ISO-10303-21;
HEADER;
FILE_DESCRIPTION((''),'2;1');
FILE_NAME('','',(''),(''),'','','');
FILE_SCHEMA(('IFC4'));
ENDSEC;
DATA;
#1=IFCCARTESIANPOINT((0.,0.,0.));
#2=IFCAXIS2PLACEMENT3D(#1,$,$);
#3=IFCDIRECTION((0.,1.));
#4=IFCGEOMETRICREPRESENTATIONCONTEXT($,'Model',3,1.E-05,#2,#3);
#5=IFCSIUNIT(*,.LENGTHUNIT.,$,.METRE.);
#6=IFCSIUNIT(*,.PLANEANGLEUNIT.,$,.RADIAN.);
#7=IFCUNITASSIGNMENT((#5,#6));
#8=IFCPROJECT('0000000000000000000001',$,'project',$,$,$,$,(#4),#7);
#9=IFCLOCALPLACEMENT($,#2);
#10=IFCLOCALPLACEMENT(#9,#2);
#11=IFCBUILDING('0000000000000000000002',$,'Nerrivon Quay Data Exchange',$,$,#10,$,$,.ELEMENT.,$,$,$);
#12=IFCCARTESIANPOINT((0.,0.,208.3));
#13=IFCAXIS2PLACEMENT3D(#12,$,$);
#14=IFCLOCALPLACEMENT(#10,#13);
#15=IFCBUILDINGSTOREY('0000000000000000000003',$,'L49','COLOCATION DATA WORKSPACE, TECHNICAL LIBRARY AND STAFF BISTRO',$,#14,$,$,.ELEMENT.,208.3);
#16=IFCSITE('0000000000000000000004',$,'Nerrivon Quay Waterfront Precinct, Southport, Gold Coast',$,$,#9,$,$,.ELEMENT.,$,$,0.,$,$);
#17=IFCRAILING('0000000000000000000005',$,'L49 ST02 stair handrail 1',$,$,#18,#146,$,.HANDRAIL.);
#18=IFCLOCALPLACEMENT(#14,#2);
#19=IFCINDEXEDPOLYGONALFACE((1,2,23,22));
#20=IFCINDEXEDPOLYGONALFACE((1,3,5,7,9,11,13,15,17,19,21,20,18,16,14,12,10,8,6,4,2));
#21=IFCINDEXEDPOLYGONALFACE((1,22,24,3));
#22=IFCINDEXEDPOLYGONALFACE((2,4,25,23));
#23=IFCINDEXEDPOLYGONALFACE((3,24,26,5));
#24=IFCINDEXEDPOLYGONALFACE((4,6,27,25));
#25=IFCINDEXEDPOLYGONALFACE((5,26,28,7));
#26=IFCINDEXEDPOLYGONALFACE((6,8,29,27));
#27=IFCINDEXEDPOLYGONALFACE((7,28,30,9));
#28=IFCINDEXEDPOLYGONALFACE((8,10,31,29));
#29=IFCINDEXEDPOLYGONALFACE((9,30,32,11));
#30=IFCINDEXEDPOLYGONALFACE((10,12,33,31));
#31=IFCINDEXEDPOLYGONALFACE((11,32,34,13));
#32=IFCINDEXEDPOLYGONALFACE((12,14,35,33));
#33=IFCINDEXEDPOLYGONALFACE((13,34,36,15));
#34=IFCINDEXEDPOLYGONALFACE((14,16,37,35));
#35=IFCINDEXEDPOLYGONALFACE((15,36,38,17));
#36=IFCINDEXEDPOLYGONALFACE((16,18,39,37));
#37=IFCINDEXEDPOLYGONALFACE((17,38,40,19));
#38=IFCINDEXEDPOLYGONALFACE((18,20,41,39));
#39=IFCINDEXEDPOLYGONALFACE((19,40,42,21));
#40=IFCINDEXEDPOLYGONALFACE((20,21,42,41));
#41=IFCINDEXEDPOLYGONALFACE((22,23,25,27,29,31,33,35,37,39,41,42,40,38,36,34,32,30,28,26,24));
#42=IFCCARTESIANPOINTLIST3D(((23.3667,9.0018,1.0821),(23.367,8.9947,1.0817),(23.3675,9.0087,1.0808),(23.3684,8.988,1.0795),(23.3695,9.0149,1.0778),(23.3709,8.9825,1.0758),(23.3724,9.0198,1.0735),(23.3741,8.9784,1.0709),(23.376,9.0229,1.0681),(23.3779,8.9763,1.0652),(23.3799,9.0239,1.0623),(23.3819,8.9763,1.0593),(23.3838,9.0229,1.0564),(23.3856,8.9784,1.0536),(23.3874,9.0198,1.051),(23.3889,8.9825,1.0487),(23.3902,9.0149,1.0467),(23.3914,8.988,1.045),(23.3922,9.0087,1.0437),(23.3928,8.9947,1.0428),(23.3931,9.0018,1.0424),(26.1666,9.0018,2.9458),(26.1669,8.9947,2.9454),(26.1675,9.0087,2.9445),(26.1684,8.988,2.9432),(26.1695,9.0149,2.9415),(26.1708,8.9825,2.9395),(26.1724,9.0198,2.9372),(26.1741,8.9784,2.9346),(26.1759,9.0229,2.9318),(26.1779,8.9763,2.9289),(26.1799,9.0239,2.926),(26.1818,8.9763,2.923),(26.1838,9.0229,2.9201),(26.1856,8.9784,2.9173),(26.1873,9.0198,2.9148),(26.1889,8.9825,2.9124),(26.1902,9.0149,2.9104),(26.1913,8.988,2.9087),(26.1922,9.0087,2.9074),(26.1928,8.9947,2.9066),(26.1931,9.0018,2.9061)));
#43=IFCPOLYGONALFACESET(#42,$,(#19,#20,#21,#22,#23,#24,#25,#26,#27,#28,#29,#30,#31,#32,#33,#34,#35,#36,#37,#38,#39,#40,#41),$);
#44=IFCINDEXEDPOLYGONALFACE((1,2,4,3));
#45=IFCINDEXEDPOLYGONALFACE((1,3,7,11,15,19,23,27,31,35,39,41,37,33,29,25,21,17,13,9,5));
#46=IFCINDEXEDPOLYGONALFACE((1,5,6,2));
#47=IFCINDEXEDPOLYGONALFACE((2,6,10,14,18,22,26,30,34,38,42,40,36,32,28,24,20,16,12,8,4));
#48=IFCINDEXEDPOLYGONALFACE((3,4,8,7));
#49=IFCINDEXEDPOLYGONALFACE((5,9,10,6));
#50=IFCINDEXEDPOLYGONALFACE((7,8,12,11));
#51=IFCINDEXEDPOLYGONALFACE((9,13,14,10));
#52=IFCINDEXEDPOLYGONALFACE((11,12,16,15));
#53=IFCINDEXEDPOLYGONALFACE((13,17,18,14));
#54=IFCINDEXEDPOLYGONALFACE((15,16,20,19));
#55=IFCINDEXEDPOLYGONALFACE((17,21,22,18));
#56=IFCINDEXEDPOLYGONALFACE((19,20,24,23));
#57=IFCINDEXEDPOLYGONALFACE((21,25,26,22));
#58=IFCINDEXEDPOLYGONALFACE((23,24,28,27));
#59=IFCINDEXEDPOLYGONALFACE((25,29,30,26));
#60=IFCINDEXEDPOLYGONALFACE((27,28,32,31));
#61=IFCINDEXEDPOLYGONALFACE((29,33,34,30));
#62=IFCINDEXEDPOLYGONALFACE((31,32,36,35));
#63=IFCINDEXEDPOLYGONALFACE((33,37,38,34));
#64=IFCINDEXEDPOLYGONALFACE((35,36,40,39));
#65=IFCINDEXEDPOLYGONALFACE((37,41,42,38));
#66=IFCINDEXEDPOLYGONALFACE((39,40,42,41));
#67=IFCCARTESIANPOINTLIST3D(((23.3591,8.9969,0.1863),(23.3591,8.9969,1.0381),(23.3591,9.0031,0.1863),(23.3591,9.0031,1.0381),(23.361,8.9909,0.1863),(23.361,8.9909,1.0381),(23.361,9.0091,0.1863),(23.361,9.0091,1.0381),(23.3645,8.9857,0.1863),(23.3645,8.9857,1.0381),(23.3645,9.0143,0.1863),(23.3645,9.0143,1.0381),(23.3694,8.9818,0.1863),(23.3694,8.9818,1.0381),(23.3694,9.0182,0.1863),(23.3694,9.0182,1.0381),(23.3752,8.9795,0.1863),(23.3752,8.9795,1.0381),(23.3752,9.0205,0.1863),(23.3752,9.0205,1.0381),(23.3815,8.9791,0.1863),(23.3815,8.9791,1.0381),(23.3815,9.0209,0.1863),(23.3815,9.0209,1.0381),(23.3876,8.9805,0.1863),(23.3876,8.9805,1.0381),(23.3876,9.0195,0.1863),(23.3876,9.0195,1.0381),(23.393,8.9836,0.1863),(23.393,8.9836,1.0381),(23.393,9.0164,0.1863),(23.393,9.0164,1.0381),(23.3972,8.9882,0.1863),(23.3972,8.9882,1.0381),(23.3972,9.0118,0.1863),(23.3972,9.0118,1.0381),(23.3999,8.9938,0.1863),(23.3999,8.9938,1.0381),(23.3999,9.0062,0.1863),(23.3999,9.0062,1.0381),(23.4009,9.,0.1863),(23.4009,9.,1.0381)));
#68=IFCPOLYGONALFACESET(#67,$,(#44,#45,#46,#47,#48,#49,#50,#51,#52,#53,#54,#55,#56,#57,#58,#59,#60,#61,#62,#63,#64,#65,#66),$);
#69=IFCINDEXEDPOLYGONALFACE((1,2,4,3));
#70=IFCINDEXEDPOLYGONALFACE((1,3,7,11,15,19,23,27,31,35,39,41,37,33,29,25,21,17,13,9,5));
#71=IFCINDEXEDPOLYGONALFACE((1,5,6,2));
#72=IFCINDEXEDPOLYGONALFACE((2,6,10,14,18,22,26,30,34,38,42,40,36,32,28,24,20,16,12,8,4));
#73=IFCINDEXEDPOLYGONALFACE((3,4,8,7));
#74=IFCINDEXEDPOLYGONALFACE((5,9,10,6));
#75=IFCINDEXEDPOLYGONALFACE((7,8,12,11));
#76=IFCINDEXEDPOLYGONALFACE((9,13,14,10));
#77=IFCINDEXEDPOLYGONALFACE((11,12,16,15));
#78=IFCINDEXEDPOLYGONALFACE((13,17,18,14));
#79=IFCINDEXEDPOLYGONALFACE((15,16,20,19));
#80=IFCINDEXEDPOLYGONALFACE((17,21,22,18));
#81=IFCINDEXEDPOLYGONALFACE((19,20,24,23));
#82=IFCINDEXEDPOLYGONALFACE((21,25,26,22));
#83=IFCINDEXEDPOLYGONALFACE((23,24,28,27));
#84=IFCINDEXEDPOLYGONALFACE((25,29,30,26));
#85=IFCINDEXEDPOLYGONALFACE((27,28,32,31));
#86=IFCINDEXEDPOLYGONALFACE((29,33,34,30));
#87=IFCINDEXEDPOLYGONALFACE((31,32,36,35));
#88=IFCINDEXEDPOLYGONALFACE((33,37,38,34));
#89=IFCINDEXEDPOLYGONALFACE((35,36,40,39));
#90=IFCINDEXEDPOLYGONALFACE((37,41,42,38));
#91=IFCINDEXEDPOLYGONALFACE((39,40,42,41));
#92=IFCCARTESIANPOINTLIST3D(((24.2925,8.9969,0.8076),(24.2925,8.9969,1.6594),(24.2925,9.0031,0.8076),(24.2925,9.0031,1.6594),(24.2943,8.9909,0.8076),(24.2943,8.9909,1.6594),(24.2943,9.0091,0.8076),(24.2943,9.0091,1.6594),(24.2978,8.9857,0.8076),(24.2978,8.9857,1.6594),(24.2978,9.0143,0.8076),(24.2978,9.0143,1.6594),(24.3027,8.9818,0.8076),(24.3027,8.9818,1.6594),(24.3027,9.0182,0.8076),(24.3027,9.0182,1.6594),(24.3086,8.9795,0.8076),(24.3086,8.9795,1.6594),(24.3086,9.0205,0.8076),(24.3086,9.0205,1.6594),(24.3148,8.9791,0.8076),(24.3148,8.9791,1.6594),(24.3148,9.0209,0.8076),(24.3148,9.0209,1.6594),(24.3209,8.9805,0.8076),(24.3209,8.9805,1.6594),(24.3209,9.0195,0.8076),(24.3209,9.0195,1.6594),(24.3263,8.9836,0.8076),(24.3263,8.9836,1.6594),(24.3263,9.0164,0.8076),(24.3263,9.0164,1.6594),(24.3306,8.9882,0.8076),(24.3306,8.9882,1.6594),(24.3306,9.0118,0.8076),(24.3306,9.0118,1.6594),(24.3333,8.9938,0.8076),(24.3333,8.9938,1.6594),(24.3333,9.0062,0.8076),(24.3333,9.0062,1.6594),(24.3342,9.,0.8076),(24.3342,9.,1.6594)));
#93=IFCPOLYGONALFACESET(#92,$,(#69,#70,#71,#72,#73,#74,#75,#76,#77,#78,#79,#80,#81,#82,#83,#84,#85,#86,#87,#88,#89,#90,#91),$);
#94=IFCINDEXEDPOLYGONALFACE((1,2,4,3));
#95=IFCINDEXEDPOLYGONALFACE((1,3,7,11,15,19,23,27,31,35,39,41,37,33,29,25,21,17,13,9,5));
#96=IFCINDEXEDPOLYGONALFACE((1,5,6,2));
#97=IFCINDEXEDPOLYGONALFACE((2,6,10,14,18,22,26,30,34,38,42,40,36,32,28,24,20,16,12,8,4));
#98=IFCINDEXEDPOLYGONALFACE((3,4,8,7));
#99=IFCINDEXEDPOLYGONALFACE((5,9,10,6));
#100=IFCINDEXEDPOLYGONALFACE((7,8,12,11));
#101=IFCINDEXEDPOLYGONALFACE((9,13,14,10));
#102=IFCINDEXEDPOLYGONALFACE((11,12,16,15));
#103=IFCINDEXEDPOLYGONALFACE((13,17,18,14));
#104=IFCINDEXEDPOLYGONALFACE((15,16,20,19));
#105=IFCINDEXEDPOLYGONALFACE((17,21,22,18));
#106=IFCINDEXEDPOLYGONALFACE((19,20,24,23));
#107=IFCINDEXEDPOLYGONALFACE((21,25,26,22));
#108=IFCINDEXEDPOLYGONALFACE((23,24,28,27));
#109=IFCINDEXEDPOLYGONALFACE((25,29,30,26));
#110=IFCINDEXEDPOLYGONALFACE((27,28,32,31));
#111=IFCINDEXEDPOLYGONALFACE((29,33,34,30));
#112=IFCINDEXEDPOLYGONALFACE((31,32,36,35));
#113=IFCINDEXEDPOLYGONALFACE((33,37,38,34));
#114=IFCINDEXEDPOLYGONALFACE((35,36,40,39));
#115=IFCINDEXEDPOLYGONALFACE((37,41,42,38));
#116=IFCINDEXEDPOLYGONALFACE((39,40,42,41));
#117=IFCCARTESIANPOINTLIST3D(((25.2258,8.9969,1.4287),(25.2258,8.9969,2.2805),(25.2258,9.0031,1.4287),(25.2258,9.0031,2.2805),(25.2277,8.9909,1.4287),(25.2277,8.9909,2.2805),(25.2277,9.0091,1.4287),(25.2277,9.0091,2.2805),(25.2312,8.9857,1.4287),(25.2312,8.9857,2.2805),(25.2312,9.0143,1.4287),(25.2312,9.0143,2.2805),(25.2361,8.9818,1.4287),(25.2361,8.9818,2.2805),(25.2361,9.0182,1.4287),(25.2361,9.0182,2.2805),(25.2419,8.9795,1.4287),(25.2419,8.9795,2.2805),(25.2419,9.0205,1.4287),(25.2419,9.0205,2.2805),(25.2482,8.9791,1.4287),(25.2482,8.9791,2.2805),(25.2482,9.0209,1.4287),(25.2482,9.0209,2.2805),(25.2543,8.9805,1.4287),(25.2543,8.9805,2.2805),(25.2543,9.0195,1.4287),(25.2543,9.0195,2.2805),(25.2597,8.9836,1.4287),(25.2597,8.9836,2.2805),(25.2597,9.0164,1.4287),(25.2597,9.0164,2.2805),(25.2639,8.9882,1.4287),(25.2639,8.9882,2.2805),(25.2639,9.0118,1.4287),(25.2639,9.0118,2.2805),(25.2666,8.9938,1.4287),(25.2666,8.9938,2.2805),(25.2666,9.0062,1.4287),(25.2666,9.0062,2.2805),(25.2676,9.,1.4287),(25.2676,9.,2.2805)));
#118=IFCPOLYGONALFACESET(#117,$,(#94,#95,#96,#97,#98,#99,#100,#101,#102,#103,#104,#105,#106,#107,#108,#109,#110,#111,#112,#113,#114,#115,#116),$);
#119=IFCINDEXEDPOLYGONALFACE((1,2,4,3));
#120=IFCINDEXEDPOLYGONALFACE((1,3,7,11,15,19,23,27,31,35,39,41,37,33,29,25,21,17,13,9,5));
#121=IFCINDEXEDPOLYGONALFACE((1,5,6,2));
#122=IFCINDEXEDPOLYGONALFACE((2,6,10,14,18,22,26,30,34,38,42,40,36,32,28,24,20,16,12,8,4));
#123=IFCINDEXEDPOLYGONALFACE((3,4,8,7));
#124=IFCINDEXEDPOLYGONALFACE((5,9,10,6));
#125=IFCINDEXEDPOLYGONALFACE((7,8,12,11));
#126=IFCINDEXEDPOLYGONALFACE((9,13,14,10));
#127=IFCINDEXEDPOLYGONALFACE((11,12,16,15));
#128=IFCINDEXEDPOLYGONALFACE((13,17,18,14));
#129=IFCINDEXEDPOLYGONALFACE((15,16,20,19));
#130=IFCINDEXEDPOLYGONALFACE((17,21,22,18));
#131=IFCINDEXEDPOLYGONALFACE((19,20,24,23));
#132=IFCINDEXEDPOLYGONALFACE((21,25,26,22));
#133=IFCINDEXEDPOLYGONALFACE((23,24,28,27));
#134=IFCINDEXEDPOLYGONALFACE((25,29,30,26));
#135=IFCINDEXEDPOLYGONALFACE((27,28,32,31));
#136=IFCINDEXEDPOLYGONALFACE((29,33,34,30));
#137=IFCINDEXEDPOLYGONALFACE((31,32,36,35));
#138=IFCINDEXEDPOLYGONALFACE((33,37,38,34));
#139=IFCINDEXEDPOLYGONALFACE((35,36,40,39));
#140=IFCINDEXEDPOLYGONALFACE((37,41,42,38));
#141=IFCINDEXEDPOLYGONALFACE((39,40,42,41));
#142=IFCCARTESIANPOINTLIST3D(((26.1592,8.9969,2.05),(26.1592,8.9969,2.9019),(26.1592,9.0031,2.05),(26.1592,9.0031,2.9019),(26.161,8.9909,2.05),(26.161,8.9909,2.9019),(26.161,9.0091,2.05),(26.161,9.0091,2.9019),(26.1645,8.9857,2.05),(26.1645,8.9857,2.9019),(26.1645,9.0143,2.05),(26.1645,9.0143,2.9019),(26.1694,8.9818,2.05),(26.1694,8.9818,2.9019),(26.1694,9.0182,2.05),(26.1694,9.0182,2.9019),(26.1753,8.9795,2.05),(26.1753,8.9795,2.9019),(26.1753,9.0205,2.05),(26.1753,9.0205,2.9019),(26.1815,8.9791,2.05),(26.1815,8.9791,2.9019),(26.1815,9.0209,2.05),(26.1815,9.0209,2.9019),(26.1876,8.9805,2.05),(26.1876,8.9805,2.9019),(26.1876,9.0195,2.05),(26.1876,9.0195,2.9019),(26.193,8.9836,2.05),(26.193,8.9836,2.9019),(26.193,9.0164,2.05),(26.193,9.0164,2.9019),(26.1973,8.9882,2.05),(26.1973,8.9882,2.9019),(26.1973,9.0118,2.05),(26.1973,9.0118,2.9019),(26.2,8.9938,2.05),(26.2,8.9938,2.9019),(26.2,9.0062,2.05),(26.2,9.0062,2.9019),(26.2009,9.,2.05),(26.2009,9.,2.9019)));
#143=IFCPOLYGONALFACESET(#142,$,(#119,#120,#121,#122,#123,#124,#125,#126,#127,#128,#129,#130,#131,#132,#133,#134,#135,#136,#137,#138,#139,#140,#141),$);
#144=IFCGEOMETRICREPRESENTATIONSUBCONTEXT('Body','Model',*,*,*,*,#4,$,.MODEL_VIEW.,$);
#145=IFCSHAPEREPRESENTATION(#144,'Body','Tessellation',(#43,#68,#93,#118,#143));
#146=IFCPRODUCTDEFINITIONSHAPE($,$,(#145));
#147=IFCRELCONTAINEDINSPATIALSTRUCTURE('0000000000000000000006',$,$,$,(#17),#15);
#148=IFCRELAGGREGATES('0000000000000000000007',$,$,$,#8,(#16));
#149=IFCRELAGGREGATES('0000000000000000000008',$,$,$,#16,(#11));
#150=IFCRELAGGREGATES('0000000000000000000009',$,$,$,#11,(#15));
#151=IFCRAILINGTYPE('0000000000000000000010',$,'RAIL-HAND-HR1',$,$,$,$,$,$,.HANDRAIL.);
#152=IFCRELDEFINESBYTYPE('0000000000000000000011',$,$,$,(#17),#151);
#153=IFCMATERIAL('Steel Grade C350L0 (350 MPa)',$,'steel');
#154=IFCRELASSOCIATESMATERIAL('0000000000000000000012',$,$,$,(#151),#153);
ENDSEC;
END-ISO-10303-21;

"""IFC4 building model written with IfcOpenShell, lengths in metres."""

from ifc_helpers import new_model, si_unit, direction, frame, origin, origin_2d, place, context, subcontext, project, spatial, circle, extrude, material, type_object, element, save


model = new_model("IFC4")

# Units and contexts
model_context = context("Model", 3, precision=1e-05, world=origin(), true_north=direction((0.0, 1.0)))
body_context = subcontext(model_context, "Body", "Model", "MODEL_VIEW")
ifc_project = project(units=[si_unit("LENGTHUNIT", "METRE"), si_unit("PLANEANGLEUNIT", "RADIAN")], contexts=[model_context])

# Site, building, storey
site_placement = place(None, origin())
site = spatial("IfcSite", under=ifc_project, at=site_placement, Name="Nerrivon Quay Waterfront Precinct, Southport, Gold Coast", CompositionType="ELEMENT", RefElevation=0.0)
building_placement = place(site_placement, origin())
building = spatial("IfcBuilding", under=site, at=building_placement, Name="Nerrivon Quay Data Exchange", CompositionType="ELEMENT")
storey_placement = place(building_placement, frame((0.0, 0.0, 208.3)))
storey = spatial("IfcBuildingStorey", under=building, at=storey_placement, Name="L49", Description="COLOCATION DATA WORKSPACE, TECHNICAL LIBRARY AND STAFF BISTRO", CompositionType="ELEMENT", Elevation=208.3)

# Railing
ifc_material_1 = material(Name="Steel Grade C350L0 (350 MPa)", Category="steel")
railing_type_1 = type_object("IfcRailingType", Name="RAIL-HAND-HR1", PredefinedType="HANDRAIL", material=ifc_material_1)
railing_1_placement = place(storey_placement, frame((23.3799, 9.0, 0.1863)))
element("IfcRailing", 1, at=railing_1_placement, inside=storey, type_object=railing_type_1, Name="L49 ST02 stair handrail 1", PredefinedType="HANDRAIL", context=body_context, shape_type="SweptSolid", body=[
    extrude(circle(Radius=0.0239, at=origin_2d()), frame((0.0, 0.0, 0.876), z_axis=(0.832452, 0.0, 0.554097), x_axis=(0.0, 1.0, 0.0)), (0.0, 0.0, 1.0), 3.3635),
    extrude(circle(Radius=0.021, at=origin_2d()), origin(), (0.0, 0.0, 1.0), 0.8518),
    extrude(circle(Radius=0.021, at=origin_2d()), frame((0.9333, 0.0, 0.6213)), (0.0, 0.0, 1.0), 0.8518),
    extrude(circle(Radius=0.021, at=origin_2d()), frame((1.8667, 0.0, 1.2424)), (0.0, 0.0, 1.0), 0.8518),
    extrude(circle(Radius=0.021, at=origin_2d()), frame((2.8, 0.0, 1.8638)), (0.0, 0.0, 1.0), 0.8518),
])

save(model, "model.ifc")
